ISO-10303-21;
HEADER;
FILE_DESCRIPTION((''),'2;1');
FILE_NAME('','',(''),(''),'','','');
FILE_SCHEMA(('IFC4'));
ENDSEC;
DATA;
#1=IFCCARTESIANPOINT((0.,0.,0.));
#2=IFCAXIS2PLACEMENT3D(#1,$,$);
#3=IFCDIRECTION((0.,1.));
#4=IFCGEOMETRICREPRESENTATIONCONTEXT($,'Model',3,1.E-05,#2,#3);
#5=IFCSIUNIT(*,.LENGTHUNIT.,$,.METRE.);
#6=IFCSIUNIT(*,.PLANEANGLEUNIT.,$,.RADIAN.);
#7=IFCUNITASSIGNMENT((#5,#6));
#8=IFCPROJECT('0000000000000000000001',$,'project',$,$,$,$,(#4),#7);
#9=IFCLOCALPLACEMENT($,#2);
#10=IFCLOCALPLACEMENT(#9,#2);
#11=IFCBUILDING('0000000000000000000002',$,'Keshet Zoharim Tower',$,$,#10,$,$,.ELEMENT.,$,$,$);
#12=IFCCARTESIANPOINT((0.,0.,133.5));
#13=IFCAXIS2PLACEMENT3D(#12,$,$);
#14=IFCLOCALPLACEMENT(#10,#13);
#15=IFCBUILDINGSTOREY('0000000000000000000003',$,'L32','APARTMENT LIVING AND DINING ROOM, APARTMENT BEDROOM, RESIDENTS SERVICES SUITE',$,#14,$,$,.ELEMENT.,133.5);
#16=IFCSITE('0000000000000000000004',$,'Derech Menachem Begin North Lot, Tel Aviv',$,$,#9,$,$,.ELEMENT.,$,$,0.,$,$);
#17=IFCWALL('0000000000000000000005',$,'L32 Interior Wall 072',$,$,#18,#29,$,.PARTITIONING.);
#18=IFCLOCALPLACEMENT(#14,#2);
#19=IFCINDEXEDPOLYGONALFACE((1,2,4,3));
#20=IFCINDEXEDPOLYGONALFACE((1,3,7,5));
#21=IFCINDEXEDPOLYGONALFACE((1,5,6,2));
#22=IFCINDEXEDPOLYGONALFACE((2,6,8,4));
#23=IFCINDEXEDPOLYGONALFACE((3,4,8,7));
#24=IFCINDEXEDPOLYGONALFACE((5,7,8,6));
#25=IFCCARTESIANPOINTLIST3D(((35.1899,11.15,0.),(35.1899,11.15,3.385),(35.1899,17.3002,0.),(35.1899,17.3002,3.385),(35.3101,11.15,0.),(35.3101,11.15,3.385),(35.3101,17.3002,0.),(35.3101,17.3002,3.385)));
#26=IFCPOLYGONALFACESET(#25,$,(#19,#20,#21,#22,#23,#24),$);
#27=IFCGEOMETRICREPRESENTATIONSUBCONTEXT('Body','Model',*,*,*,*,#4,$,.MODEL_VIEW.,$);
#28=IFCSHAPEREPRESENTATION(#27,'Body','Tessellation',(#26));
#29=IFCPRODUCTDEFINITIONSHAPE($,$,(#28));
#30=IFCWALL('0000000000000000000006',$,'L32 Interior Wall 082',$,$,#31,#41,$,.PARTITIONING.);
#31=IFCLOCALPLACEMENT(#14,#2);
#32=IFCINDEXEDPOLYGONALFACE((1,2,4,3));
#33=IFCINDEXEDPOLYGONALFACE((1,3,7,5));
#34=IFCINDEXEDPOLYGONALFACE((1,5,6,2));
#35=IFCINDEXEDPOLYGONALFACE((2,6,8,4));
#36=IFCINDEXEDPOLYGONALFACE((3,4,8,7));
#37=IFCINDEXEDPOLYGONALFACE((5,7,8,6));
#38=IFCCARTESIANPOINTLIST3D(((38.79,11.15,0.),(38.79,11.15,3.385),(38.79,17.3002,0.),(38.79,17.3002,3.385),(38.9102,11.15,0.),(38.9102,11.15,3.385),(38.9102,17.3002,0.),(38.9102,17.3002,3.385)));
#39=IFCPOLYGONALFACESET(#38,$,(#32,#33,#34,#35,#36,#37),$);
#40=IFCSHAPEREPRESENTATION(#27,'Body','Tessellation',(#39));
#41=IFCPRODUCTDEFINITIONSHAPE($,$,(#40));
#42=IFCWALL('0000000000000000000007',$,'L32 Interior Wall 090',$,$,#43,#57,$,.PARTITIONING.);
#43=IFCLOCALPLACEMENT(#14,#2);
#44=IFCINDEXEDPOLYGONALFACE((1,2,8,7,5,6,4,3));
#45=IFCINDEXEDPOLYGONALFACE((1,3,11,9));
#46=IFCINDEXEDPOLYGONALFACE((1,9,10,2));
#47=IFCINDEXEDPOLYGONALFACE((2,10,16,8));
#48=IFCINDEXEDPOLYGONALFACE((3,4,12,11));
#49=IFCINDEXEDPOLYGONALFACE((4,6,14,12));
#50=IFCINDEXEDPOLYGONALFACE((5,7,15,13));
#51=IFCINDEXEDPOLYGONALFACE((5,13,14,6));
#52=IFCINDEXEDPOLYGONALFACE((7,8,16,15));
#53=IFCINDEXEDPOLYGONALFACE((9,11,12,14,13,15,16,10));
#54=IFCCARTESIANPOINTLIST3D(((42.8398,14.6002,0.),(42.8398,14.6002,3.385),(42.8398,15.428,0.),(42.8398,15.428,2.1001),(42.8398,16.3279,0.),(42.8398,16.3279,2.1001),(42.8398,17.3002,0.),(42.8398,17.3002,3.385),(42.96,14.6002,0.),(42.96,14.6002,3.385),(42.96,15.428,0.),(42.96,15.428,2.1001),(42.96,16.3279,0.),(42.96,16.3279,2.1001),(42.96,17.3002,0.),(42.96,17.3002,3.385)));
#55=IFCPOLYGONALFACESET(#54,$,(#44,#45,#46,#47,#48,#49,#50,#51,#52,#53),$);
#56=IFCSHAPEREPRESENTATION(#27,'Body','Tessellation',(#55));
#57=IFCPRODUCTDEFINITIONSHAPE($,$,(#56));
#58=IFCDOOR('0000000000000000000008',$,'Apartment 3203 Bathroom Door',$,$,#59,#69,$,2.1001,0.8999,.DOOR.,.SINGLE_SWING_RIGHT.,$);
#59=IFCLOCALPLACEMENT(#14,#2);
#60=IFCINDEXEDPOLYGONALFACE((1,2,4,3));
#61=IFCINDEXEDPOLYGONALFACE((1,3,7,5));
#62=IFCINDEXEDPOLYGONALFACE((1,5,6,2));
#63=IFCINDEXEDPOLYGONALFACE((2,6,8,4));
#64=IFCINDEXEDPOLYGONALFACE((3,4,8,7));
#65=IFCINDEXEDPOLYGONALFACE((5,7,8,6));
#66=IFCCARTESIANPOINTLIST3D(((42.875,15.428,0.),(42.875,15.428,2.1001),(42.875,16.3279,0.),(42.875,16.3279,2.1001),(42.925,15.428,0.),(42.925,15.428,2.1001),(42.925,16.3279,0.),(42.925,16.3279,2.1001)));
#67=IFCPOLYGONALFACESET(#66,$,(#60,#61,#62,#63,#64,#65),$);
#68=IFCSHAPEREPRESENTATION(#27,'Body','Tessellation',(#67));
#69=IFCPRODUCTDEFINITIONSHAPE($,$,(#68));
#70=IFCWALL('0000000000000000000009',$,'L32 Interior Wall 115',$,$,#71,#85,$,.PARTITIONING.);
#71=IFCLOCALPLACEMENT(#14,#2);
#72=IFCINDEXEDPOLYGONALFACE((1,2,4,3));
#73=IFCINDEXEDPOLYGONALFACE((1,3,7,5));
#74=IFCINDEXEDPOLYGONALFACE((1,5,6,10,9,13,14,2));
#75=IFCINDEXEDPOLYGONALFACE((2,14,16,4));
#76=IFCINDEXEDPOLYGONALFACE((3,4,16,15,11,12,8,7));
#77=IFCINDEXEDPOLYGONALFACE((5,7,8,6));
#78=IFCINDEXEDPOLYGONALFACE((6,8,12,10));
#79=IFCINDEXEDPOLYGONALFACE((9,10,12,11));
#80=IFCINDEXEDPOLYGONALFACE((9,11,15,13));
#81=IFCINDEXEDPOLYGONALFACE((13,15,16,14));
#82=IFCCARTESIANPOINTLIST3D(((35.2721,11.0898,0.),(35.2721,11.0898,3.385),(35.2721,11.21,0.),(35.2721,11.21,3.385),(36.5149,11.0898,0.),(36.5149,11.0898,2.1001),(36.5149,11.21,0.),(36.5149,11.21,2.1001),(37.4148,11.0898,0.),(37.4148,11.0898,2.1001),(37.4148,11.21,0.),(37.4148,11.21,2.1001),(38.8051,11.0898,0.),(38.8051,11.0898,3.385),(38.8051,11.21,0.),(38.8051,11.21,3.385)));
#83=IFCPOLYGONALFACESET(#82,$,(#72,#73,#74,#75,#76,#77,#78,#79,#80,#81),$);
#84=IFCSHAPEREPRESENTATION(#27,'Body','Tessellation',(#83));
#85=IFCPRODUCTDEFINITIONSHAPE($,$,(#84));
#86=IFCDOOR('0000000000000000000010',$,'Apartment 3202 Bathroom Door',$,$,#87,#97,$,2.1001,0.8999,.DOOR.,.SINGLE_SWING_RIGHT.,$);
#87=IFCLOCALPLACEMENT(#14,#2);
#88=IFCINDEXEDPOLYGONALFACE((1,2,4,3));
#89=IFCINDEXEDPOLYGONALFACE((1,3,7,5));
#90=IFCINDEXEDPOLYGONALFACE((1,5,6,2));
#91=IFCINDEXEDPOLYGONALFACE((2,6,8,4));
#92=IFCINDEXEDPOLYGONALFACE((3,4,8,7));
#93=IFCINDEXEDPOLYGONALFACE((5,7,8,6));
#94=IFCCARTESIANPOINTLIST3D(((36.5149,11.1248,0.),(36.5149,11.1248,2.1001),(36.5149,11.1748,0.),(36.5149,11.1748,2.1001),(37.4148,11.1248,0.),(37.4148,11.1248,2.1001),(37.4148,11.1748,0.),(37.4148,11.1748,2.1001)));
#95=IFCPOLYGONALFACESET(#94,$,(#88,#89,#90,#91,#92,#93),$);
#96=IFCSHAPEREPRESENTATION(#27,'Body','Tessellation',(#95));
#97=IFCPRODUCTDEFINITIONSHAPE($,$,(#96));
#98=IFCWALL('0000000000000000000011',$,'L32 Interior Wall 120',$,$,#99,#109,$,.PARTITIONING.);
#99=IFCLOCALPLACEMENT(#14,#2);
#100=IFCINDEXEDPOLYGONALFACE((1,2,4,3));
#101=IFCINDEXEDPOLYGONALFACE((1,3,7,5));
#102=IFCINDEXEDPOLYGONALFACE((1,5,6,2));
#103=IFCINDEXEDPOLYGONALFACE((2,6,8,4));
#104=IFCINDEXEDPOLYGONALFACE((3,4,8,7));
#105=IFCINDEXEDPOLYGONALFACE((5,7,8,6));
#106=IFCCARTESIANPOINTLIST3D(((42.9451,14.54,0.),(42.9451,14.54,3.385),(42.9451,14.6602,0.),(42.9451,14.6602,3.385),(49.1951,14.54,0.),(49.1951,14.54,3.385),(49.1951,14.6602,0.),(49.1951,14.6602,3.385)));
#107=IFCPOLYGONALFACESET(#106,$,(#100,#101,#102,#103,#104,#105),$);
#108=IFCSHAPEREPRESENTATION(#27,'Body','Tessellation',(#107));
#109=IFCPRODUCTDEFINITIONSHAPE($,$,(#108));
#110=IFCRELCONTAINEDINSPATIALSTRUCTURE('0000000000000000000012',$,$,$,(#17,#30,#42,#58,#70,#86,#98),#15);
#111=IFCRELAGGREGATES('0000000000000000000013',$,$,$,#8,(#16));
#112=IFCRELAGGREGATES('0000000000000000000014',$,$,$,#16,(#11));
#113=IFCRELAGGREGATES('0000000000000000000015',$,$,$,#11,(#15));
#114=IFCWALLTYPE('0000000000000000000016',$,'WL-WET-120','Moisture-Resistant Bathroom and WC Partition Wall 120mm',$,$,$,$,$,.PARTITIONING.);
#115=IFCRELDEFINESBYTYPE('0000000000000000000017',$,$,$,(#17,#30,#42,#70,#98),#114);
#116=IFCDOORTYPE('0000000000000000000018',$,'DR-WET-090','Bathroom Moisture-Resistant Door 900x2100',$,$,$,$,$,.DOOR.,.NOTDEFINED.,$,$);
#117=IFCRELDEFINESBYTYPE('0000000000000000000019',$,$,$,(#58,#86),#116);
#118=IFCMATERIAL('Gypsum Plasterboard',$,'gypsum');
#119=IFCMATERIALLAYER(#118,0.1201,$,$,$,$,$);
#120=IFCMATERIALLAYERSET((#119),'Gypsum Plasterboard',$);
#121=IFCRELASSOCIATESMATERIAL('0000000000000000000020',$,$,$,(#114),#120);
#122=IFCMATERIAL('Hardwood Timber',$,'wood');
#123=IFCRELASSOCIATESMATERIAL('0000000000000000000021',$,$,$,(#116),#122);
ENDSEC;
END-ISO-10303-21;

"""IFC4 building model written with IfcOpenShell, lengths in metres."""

from ifc_helpers import new_model, si_unit, direction, frame, frame_2d, origin, place, context, subcontext, project, spatial, rectangle, extrude, material, layer, layer_set, type_object, element, fill, save


model = new_model("IFC4")

# Units and contexts
model_context = context("Model", 3, precision=1e-05, world=origin(), true_north=direction((0.0, 1.0)))
body_context = subcontext(model_context, "Body", "Model", "MODEL_VIEW")
ifc_project = project(units=[si_unit("LENGTHUNIT", "METRE"), si_unit("PLANEANGLEUNIT", "RADIAN")], contexts=[model_context])

# Site, building, storey
site_placement = place(None, origin())
site = spatial("IfcSite", under=ifc_project, at=site_placement, Name="Derech Menachem Begin North Lot, Tel Aviv", CompositionType="ELEMENT", RefElevation=0.0)
building_placement = place(site_placement, origin())
building = spatial("IfcBuilding", under=site, at=building_placement, Name="Keshet Zoharim Tower", CompositionType="ELEMENT")
storey_placement = place(building_placement, frame((0.0, 0.0, 133.5)))
storey = spatial("IfcBuildingStorey", under=building, at=storey_placement, Name="L32", Description="APARTMENT LIVING AND DINING ROOM, APARTMENT BEDROOM, RESIDENTS SERVICES SUITE", CompositionType="ELEMENT", Elevation=133.5)

# Shared definitions
ifc_material_1 = material(Name="Gypsum Plasterboard", Category="gypsum")
ifc_material_2 = material(Name="Hardwood Timber", Category="wood")

# Walls
ifc_layer_1 = layer(ifc_material_1, 0.1201)
ifc_layer_set_1 = layer_set([ifc_layer_1], Name="Gypsum Plasterboard")
wall_type_1 = type_object("IfcWallType", Name="WL-WET-120", Description="Moisture-Resistant Bathroom and WC Partition Wall 120mm", PredefinedType="PARTITIONING", material=ifc_layer_set_1)
for number, where, z_axis, x_axis, name in (
    (1, (35.25, 11.1499, 0.0), (0.0, 0.0, 1.0), (0.0, 1.0, 0.0), "L32 Interior Wall 072"),
    (2, (38.8501, 11.1499, 0.0), (0.0, 0.0, 1.0), (0.0, 1.0, 0.0), "L32 Interior Wall 082"),
):
    element("IfcWall", number, at=place(storey_placement, frame(where, z_axis=z_axis, x_axis=x_axis)), inside=storey, type_object=wall_type_1, Name=name, PredefinedType="PARTITIONING", context=body_context, shape_type="SweptSolid", body=[
        extrude(rectangle(XDim=6.1501, YDim=0.1201, at=frame_2d((3.0752, 0.0))), origin(), (0.0, 0.0, 1.0), 3.385),
    ])

# Walls, openings, doors
wall_1_placement = place(storey_placement, frame((42.8999, 14.6001, 0.0), z_axis=(0.0, 0.0, 1.0), x_axis=(0.0, 1.0, 0.0)))
wall_1 = element("IfcWall", 3, at=wall_1_placement, inside=storey, type_object=wall_type_1, Name="L32 Interior Wall 090", PredefinedType="PARTITIONING", context=body_context, shape_type="SweptSolid", body=[
    extrude(rectangle(XDim=2.7, YDim=0.1201, at=frame_2d((1.3501, 0.0))), origin(), (0.0, 0.0, 1.0), 3.385),
])
opening_1_placement = place(wall_1_placement, frame((0.8279, 0.0, 0.0)))
opening_1 = element("IfcOpeningElement", 4, at=opening_1_placement, cuts=wall_1, PredefinedType="OPENING", context=body_context, shape_type="SweptSolid", body=[
    extrude(rectangle(XDim=0.8999, YDim=2.1001, at=frame_2d((0.45, 1.05))), frame((0.0, 0.0701, 0.0), z_axis=(0.0, -1.0, 0.0), x_axis=(1.0, 0.0, 0.0)), (0.0, 0.0, 1.0), 0.1401),
])
door_type_1 = type_object("IfcDoorType", Name="DR-WET-090", Description="Bathroom Moisture-Resistant Door 900x2100", OperationType="NOTDEFINED", PredefinedType="DOOR", material=ifc_material_2)
door_1_placement = place(opening_1_placement, origin())
door_1 = element("IfcDoor", 5, at=door_1_placement, inside=storey, type_object=door_type_1, Name="Apartment 3203 Bathroom Door", OperationType="SINGLE_SWING_RIGHT", OverallHeight=2.1001, OverallWidth=0.8999, PredefinedType="DOOR", context=body_context, shape_type="SweptSolid", body=[
    extrude(rectangle(XDim=0.8999, YDim=2.1001, at=frame_2d((0.45, 1.05))), frame((0.0, 0.0249, 0.0), z_axis=(0.0, -1.0, 0.0), x_axis=(1.0, 0.0, 0.0)), (0.0, 0.0, 1.0), 0.05),
])
fill(opening_1, door_1)
wall_2_placement = place(storey_placement, frame((35.272, 11.1499, 0.0), z_axis=(0.0, 0.0, 1.0), x_axis=(1.0, 0.0, 0.0)))
wall_2 = element("IfcWall", 6, at=wall_2_placement, inside=storey, type_object=wall_type_1, Name="L32 Interior Wall 115", PredefinedType="PARTITIONING", context=body_context, shape_type="SweptSolid", body=[
    extrude(rectangle(XDim=3.533, YDim=0.1201, at=frame_2d((1.7666, 0.0))), origin(), (0.0, 0.0, 1.0), 3.385),
])
opening_2_placement = place(wall_2_placement, frame((1.2429, 0.0, 0.0)))
opening_2 = element("IfcOpeningElement", 7, at=opening_2_placement, cuts=wall_2, PredefinedType="OPENING", context=body_context, shape_type="SweptSolid", body=[
    extrude(rectangle(XDim=0.8999, YDim=2.1001, at=frame_2d((0.45, 1.05))), frame((0.0, 0.0701, 0.0), z_axis=(0.0, -1.0, 0.0), x_axis=(1.0, 0.0, 0.0)), (0.0, 0.0, 1.0), 0.1401),
])
door_2_placement = place(opening_2_placement, origin())
door_2 = element("IfcDoor", 8, at=door_2_placement, inside=storey, type_object=door_type_1, Name="Apartment 3202 Bathroom Door", OperationType="SINGLE_SWING_RIGHT", OverallHeight=2.1001, OverallWidth=0.8999, PredefinedType="DOOR", context=body_context, shape_type="SweptSolid", body=[
    extrude(rectangle(XDim=0.8999, YDim=2.1001, at=frame_2d((0.45, 1.05))), frame((0.0, 0.0249, 0.0), z_axis=(0.0, -1.0, 0.0), x_axis=(1.0, 0.0, 0.0)), (0.0, 0.0, 1.0), 0.05),
])
fill(opening_2, door_2)

# Wall
wall_3_placement = place(storey_placement, frame((42.9451, 14.6001, 0.0), z_axis=(0.0, 0.0, 1.0), x_axis=(1.0, 0.0, 0.0)))
element("IfcWall", 9, at=wall_3_placement, inside=storey, type_object=wall_type_1, Name="L32 Interior Wall 120", PredefinedType="PARTITIONING", context=body_context, shape_type="SweptSolid", body=[
    extrude(rectangle(XDim=6.25, YDim=0.1201, at=frame_2d((3.125, 0.0))), origin(), (0.0, 0.0, 1.0), 3.385),
])

save(model, "model.ifc")
